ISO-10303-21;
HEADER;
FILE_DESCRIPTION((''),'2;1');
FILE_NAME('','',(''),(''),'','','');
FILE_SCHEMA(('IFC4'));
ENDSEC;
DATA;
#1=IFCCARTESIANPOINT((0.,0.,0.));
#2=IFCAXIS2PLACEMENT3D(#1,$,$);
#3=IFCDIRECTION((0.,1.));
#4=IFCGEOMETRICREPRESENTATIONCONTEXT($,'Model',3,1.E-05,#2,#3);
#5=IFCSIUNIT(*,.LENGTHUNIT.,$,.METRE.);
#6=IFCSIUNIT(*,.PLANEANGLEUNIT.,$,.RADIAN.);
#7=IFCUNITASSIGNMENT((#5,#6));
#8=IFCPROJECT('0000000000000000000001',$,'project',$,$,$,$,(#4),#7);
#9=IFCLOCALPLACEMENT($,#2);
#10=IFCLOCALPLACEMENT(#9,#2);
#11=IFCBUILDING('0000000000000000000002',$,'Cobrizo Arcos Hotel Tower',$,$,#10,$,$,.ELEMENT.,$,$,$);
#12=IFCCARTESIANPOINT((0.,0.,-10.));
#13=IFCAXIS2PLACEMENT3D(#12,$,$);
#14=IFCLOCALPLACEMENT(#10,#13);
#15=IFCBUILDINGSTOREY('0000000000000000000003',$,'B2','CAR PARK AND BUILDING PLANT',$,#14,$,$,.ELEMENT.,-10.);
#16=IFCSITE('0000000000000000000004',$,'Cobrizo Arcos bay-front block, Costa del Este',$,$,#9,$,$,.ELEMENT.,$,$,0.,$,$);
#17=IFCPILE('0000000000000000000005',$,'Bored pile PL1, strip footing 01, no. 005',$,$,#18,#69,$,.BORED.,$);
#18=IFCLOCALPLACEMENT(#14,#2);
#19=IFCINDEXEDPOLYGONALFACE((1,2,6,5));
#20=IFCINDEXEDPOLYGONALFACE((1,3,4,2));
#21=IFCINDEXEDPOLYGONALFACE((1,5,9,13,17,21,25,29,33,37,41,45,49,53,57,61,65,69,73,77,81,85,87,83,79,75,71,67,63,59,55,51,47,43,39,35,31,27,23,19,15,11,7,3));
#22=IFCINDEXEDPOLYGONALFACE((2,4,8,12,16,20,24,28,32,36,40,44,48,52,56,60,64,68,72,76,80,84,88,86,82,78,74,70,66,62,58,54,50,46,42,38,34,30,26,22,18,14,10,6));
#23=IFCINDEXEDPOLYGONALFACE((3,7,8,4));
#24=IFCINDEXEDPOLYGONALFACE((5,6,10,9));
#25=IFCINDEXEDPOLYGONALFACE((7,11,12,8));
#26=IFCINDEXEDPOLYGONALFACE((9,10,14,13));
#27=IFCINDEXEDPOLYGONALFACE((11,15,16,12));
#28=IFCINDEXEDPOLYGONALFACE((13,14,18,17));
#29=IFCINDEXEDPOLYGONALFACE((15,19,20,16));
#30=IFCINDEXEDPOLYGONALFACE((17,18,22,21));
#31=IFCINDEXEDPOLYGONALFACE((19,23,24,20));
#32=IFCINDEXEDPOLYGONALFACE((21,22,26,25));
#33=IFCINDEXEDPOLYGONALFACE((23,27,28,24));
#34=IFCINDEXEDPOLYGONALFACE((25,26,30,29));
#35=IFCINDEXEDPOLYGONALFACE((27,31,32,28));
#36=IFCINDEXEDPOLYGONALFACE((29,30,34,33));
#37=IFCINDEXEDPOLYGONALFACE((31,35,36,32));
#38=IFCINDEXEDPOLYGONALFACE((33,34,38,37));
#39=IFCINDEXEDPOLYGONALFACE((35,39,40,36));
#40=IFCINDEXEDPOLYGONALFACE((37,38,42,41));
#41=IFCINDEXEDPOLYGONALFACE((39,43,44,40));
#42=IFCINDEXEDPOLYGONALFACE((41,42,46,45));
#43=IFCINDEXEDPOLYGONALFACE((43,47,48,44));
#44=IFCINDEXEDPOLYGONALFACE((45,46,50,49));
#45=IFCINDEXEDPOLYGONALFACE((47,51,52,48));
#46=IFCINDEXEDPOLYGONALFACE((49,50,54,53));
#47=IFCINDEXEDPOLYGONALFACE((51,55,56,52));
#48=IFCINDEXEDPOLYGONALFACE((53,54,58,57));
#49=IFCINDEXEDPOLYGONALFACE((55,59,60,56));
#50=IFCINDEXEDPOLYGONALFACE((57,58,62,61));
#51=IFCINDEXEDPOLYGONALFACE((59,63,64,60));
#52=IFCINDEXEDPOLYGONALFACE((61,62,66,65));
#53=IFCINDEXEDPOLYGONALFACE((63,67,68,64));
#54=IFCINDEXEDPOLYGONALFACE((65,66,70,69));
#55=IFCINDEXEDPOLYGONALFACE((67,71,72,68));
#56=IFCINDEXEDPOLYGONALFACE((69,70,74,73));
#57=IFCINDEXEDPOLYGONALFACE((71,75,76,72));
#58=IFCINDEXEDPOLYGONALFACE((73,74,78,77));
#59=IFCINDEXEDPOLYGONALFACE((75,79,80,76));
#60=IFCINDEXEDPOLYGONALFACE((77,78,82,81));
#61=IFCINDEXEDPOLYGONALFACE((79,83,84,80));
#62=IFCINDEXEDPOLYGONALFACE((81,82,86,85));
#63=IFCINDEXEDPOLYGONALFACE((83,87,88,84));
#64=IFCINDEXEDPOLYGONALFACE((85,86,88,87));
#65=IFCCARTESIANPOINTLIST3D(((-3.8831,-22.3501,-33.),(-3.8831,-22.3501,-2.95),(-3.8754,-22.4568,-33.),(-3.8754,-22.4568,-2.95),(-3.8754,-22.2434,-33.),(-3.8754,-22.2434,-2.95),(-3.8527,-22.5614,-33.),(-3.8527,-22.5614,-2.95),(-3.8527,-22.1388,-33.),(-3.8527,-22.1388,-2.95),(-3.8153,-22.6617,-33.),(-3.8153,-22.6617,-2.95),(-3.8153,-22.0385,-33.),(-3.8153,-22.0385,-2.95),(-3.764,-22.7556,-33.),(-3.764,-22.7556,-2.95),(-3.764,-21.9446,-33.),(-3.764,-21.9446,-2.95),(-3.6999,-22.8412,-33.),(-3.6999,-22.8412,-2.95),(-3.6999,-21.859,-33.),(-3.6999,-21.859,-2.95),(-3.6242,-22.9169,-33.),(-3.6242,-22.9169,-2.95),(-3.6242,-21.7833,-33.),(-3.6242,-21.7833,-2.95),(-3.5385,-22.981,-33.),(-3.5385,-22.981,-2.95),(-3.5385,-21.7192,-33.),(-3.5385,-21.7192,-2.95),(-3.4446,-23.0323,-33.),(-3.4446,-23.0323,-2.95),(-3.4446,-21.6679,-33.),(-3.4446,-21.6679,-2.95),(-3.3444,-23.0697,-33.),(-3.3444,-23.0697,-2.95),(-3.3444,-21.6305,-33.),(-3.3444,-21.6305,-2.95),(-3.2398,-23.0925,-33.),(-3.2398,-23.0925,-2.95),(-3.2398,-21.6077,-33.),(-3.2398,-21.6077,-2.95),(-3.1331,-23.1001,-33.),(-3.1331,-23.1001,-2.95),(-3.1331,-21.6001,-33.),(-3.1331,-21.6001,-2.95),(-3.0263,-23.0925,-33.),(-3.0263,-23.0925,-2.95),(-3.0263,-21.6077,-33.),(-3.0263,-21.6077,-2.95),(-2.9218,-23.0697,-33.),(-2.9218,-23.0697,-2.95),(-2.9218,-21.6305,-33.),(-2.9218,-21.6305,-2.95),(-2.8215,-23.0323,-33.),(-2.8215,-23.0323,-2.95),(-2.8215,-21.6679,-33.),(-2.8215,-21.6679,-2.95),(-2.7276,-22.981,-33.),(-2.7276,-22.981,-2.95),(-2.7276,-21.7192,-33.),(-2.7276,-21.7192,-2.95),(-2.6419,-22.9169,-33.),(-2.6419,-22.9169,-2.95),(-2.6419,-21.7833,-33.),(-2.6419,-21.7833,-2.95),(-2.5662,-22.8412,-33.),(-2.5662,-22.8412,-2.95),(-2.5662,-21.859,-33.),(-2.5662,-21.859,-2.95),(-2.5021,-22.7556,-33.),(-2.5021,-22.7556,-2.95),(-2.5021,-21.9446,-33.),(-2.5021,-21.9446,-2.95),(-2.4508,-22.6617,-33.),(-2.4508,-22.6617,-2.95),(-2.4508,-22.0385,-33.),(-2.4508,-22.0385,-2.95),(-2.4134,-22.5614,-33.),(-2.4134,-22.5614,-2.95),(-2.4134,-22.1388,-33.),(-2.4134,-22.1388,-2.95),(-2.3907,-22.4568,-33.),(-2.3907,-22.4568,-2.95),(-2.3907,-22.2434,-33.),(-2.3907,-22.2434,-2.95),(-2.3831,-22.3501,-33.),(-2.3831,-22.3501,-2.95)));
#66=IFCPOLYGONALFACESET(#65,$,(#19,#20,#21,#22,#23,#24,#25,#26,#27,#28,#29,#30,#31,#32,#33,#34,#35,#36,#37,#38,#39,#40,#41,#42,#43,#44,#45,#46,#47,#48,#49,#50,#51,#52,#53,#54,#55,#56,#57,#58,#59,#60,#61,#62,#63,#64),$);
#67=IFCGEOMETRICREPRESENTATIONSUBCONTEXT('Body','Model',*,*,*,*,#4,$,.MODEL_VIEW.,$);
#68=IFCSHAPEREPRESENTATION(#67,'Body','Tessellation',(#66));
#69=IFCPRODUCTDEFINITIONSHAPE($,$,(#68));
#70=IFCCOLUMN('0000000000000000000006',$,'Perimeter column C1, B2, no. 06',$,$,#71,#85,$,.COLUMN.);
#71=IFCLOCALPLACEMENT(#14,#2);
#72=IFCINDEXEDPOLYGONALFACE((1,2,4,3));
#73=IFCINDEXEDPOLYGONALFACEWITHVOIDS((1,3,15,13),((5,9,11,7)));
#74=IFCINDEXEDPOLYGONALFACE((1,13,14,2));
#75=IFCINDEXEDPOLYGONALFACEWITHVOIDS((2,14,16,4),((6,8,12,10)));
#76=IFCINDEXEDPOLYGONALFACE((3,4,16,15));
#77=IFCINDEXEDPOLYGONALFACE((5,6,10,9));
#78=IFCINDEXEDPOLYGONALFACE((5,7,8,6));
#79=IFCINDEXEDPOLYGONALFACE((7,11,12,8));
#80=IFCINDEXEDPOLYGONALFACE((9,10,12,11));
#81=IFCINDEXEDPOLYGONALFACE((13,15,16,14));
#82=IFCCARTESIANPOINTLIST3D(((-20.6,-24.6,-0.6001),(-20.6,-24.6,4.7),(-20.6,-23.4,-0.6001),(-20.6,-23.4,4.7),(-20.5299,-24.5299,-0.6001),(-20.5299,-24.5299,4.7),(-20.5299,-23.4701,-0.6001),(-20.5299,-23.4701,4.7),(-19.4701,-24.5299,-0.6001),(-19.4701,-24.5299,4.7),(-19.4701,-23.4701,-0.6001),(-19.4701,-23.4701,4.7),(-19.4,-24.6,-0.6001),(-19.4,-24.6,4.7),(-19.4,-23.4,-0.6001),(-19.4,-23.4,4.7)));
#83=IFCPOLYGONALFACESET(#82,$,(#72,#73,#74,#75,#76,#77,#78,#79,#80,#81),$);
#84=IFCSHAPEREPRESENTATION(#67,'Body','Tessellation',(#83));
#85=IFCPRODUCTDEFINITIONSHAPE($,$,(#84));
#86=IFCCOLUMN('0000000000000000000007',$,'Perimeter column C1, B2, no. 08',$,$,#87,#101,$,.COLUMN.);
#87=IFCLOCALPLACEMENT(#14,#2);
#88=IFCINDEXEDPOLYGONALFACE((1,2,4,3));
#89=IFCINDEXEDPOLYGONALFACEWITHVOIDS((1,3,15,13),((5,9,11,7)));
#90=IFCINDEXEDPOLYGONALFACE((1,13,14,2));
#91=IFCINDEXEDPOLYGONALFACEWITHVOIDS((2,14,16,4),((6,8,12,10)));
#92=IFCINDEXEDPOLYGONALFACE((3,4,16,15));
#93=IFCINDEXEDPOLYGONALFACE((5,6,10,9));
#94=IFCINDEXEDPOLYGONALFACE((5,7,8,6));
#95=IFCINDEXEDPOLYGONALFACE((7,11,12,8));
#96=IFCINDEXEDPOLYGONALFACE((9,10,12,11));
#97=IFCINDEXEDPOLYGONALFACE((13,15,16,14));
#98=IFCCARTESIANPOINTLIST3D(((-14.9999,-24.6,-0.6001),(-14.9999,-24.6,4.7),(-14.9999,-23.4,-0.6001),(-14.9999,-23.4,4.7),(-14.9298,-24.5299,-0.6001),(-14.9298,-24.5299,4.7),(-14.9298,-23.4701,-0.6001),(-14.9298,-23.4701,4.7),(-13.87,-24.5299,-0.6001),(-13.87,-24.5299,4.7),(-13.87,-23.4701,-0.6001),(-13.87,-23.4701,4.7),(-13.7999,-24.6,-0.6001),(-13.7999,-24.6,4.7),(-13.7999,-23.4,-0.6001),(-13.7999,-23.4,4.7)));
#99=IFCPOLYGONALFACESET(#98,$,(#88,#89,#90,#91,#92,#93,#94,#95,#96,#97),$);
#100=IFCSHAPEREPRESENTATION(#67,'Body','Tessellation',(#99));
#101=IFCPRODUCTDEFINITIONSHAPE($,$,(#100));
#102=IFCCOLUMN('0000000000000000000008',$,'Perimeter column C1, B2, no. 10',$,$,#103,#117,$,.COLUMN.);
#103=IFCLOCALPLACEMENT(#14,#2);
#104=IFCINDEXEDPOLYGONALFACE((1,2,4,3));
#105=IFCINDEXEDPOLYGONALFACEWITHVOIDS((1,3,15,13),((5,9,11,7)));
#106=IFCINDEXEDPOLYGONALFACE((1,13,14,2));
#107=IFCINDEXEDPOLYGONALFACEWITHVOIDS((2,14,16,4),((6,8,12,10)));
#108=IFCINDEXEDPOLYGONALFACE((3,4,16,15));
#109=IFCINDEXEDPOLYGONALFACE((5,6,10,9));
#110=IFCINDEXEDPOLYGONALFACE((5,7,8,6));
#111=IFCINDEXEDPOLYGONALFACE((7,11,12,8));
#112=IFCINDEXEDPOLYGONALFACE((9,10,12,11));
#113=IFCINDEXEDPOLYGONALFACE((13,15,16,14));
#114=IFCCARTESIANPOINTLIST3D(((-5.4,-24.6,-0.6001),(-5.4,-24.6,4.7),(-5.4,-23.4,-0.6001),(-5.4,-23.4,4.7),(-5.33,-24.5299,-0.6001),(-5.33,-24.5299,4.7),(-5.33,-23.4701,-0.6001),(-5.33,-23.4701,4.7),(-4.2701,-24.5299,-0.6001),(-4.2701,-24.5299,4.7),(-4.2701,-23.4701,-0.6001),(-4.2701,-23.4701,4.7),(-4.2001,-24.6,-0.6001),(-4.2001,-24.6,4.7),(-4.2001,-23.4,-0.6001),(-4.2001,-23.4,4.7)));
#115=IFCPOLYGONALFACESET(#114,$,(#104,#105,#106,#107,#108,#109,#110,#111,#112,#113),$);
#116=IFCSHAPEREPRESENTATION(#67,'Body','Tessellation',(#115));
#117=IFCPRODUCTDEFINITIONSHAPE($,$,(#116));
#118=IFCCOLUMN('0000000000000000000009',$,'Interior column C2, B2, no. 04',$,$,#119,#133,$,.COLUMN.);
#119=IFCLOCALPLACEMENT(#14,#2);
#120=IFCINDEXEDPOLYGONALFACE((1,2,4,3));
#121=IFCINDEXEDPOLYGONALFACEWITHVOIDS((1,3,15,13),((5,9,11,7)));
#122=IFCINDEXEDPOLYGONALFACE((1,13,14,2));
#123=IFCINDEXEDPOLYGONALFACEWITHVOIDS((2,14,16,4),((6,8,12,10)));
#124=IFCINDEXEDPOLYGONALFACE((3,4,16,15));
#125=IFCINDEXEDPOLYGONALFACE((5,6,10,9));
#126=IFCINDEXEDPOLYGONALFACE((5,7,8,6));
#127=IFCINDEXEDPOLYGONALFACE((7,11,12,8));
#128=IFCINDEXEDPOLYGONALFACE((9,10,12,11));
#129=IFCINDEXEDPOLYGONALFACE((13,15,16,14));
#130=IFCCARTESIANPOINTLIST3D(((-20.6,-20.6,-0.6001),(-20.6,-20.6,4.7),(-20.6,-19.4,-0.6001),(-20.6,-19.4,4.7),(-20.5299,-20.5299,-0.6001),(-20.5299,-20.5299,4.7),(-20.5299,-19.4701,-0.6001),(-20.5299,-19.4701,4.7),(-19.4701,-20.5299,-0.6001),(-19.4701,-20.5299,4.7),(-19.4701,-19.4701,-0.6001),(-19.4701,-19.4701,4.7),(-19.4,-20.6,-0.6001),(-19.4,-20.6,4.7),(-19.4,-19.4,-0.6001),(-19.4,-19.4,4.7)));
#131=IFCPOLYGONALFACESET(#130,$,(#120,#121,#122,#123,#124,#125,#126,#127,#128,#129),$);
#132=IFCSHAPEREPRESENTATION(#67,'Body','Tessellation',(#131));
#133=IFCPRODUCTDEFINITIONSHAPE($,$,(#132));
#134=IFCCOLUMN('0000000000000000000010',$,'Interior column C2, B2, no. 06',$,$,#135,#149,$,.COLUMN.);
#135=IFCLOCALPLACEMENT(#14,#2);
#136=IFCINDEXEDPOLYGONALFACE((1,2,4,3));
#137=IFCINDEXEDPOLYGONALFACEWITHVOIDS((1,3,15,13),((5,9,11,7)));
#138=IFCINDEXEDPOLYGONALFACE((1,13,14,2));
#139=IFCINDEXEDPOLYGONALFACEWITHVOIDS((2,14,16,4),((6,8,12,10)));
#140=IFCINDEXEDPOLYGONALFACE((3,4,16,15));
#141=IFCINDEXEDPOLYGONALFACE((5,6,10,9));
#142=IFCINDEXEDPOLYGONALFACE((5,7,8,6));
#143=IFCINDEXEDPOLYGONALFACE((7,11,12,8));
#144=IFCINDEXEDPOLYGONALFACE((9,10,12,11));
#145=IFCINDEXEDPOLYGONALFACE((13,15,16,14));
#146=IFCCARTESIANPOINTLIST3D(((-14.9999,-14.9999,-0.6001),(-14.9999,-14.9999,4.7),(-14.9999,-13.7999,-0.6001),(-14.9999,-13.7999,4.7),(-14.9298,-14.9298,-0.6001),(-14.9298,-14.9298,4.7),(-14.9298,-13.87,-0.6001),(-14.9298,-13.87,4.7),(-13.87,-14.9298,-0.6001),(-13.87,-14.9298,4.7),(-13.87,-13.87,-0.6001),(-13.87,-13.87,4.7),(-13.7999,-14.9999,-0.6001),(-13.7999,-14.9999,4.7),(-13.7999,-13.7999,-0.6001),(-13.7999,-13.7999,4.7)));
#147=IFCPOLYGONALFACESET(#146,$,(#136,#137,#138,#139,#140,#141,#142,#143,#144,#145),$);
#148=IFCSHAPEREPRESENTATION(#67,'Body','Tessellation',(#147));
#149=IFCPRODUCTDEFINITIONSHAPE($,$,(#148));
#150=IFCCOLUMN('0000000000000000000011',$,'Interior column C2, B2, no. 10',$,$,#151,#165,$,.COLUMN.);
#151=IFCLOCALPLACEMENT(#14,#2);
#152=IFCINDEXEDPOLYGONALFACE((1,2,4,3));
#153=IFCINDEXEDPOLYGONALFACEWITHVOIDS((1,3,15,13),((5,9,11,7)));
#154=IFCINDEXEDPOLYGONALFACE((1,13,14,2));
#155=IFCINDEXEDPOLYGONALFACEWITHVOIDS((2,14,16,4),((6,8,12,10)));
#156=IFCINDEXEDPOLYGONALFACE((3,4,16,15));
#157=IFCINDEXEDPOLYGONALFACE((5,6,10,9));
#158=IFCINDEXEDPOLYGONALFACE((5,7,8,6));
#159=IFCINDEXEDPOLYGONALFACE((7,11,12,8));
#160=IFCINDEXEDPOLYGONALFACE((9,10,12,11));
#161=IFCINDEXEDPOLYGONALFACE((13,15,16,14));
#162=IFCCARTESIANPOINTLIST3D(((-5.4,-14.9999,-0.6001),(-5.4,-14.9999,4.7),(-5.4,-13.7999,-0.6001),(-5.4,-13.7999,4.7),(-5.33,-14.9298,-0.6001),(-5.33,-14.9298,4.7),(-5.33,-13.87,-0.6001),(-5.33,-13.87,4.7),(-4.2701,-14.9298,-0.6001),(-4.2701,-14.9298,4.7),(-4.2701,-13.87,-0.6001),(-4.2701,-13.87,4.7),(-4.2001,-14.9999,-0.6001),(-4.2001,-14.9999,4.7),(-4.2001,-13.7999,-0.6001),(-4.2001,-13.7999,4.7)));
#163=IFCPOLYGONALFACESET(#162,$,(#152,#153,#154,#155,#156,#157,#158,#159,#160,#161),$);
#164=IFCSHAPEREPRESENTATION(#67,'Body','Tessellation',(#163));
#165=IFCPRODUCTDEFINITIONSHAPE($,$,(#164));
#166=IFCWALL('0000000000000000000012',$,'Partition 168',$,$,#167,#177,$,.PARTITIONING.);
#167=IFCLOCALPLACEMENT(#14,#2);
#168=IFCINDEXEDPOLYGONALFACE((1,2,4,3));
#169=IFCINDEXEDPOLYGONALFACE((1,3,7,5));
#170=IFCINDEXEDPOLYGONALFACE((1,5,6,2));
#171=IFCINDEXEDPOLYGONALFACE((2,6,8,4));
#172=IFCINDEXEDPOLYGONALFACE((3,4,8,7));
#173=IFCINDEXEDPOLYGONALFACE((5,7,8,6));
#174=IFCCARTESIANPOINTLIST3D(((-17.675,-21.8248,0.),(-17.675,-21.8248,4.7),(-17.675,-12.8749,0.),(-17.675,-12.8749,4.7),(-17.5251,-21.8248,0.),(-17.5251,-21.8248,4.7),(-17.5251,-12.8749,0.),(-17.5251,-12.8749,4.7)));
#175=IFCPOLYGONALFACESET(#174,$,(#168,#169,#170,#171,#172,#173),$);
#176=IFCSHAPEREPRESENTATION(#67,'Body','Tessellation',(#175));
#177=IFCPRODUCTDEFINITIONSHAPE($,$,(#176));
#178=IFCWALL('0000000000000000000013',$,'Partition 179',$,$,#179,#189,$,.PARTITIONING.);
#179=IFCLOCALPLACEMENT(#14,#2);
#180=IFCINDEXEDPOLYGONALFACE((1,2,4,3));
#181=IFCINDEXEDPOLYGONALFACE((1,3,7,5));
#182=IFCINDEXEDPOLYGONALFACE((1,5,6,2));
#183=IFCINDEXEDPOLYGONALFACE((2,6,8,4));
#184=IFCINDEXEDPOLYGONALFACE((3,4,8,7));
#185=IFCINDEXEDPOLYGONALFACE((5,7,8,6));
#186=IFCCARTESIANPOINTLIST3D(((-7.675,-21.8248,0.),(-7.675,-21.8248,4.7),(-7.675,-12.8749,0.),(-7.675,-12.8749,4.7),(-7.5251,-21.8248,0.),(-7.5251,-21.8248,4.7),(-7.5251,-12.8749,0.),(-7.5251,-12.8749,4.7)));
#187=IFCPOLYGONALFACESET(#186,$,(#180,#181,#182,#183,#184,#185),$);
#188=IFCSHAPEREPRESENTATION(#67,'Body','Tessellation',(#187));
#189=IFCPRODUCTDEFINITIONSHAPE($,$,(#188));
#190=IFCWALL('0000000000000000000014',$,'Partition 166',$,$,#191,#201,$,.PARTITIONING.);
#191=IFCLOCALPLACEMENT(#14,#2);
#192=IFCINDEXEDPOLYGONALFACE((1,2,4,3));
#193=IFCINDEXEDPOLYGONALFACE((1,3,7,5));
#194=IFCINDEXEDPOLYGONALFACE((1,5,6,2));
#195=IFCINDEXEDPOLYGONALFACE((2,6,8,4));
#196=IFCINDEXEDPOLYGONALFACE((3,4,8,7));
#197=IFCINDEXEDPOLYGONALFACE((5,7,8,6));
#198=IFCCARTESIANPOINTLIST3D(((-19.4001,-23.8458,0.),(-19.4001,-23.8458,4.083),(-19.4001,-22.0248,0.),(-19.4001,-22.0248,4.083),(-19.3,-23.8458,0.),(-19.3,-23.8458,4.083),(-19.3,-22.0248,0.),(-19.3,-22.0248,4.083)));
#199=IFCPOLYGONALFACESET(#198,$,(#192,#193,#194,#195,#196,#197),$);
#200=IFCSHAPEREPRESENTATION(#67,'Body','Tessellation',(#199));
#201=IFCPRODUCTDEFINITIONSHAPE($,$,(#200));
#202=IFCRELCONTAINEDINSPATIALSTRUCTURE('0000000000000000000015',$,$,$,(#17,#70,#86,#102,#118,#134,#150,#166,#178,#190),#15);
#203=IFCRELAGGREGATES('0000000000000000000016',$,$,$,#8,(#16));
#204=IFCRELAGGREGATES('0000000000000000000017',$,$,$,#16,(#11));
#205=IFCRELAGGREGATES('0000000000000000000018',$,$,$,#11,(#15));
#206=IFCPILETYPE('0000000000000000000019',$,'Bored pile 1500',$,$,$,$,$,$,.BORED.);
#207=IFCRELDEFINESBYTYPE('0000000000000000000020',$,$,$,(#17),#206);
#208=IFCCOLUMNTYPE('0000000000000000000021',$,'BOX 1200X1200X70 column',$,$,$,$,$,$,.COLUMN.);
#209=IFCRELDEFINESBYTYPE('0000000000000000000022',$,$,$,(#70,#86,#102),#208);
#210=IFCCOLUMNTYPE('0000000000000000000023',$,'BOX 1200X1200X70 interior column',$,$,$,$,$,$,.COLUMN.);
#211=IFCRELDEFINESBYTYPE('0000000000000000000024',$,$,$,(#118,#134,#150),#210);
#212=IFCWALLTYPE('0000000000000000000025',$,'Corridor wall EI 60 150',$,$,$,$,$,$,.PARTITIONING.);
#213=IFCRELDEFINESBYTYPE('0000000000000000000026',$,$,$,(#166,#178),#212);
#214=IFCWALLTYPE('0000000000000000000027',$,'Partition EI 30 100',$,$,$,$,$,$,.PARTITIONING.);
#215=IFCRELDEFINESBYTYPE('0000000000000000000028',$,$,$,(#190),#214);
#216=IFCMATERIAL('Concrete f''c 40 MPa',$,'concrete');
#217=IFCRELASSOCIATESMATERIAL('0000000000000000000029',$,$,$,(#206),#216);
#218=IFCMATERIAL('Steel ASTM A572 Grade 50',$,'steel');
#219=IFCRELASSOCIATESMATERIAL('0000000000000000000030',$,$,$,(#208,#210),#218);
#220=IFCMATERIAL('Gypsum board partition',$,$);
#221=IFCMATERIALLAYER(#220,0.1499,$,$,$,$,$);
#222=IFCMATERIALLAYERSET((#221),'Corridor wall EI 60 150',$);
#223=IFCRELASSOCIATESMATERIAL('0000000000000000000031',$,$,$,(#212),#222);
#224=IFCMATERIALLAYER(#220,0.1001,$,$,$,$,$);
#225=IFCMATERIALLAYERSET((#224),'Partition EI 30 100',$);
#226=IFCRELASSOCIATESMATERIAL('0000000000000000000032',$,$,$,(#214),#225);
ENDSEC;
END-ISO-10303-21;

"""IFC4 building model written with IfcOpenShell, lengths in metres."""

from ifc_helpers import new_model, si_unit, direction, frame, frame_2d, origin, origin_2d, place, context, subcontext, project, spatial, rectangle, hollow_rectangle, circle, extrude, material, layer, layer_set, material_profile, profile_set, type_object, element, save


model = new_model("IFC4")

# Units and contexts
model_context = context("Model", 3, precision=1e-05, world=origin(), true_north=direction((0.0, 1.0)))
body_context = subcontext(model_context, "Body", "Model", "MODEL_VIEW")
ifc_project = project(units=[si_unit("LENGTHUNIT", "METRE"), si_unit("PLANEANGLEUNIT", "RADIAN")], contexts=[model_context])

# Site, building, storey
site_placement = place(None, origin())
site = spatial("IfcSite", under=ifc_project, at=site_placement, Name="Cobrizo Arcos bay-front block, Costa del Este", CompositionType="ELEMENT", RefElevation=0.0)
building_placement = place(site_placement, origin())
building = spatial("IfcBuilding", under=site, at=building_placement, Name="Cobrizo Arcos Hotel Tower", CompositionType="ELEMENT")
storey_placement = place(building_placement, frame((0.0, 0.0, -10.0)))
storey = spatial("IfcBuildingStorey", under=building, at=storey_placement, Name="B2", Description="CAR PARK AND BUILDING PLANT", CompositionType="ELEMENT", Elevation=-10.0)

# Pile
ifc_material_1 = material(Name="Concrete f'c 40 MPa", Category="concrete")
ifc_material_profile_1 = material_profile(ifc_material_1, circle(Radius=0.75, at=origin_2d()), Name="BORED PILE 1500")
ifc_profile_set_1 = profile_set([ifc_material_profile_1], Name="Concrete f'c 40 MPa")
pile_type = type_object("IfcPileType", Name="Bored pile 1500", PredefinedType="BORED", material=ifc_profile_set_1)
for number, where, z_axis, x_axis, name in (
    (1, (-3.1331, -22.3501, -2.95), (0.0, 0.0, -1.0), (1.0, 0.0, 0.0), "Bored pile PL1, strip footing 01, no. 005"),
):
    element("IfcPile", number, at=place(storey_placement, frame(where, z_axis=z_axis, x_axis=x_axis)), inside=storey, type_object=pile_type, Name=name, PredefinedType="BORED", context=body_context, shape_type="SweptSolid", body=[
        extrude(circle(Radius=0.75, at=origin_2d()), origin(), (0.0, 0.0, 1.0), 30.05),
    ])

# Columns
ifc_material_2 = material(Name="Steel ASTM A572 Grade 50", Category="steel")
ifc_material_profile_2 = material_profile(ifc_material_2, hollow_rectangle(XDim=1.2, YDim=1.2, WallThickness=0.0701, at=origin_2d()), Name="BOX 1200X1200X70")
ifc_profile_set_2 = profile_set([ifc_material_profile_2], Name="Steel ASTM A572 Grade 50")
column_type_1 = type_object("IfcColumnType", Name="BOX 1200X1200X70 column", PredefinedType="COLUMN", material=ifc_profile_set_2)
for number, where, z_axis, x_axis, name in (
    (2, (-20.0, -24.0, -0.6001), (0.0, 0.0, 1.0), (1.0, 0.0, 0.0), "Perimeter column C1, B2, no. 06"),
    (3, (-14.3999, -24.0, -0.6001), (0.0, 0.0, 1.0), (1.0, 0.0, 0.0), "Perimeter column C1, B2, no. 08"),
    (4, (-4.8, -24.0, -0.6001), (0.0, 0.0, 1.0), (1.0, 0.0, 0.0), "Perimeter column C1, B2, no. 10"),
):
    element("IfcColumn", number, at=place(storey_placement, frame(where, z_axis=z_axis, x_axis=x_axis)), inside=storey, type_object=column_type_1, Name=name, PredefinedType="COLUMN", context=body_context, shape_type="SweptSolid", body=[
        extrude(hollow_rectangle(XDim=1.2, YDim=1.2, WallThickness=0.0701, at=origin_2d()), origin(), (0.0, 0.0, 1.0), 5.3),
    ])
ifc_material_profile_3 = material_profile(ifc_material_2, hollow_rectangle(XDim=1.2, YDim=1.2, WallThickness=0.0701, at=origin_2d()), Name="BOX 1200X1200X70")
ifc_profile_set_3 = profile_set([ifc_material_profile_3], Name="Steel ASTM A572 Grade 50")
column_type_2 = type_object("IfcColumnType", Name="BOX 1200X1200X70 interior column", PredefinedType="COLUMN", material=ifc_profile_set_3)
for number, where, z_axis, x_axis, name in (
    (5, (-20.0, -20.0, -0.6001), (0.0, 0.0, 1.0), (1.0, 0.0, 0.0), "Interior column C2, B2, no. 04"),
    (6, (-14.3999, -14.3999, -0.6001), (0.0, 0.0, 1.0), (1.0, 0.0, 0.0), "Interior column C2, B2, no. 06"),
    (7, (-4.8, -14.3999, -0.6001), (0.0, 0.0, 1.0), (1.0, 0.0, 0.0), "Interior column C2, B2, no. 10"),
):
    element("IfcColumn", number, at=place(storey_placement, frame(where, z_axis=z_axis, x_axis=x_axis)), inside=storey, type_object=column_type_2, Name=name, PredefinedType="COLUMN", context=body_context, shape_type="SweptSolid", body=[
        extrude(hollow_rectangle(XDim=1.2, YDim=1.2, WallThickness=0.0701, at=origin_2d()), origin(), (0.0, 0.0, 1.0), 5.3),
    ])

# Walls
ifc_material_3 = material(Name="Gypsum board partition")
ifc_layer_1 = layer(ifc_material_3, 0.1499)
ifc_layer_set_1 = layer_set([ifc_layer_1], Name="Corridor wall EI 60 150")
wall_type_1 = type_object("IfcWallType", Name="Corridor wall EI 60 150", PredefinedType="PARTITIONING", material=ifc_layer_set_1)
for number, where, z_axis, x_axis, name in (
    (8, (-17.6001, -21.825, 0.0), (0.0, 0.0, 1.0), (0.0, 1.0, 0.0), "Partition 168"),
    (9, (-7.6001, -21.825, 0.0), (0.0, 0.0, 1.0), (0.0, 1.0, 0.0), "Partition 179"),
):
    element("IfcWall", number, at=place(storey_placement, frame(where, z_axis=z_axis, x_axis=x_axis)), inside=storey, type_object=wall_type_1, Name=name, PredefinedType="PARTITIONING", context=body_context, shape_type="SweptSolid", body=[
        extrude(rectangle(XDim=8.95, YDim=0.1499, at=frame_2d((4.4751, 0.0))), origin(), (0.0, 0.0, 1.0), 4.7),
    ])
ifc_layer_2 = layer(ifc_material_3, 0.1001)
ifc_layer_set_2 = layer_set([ifc_layer_2], Name="Partition EI 30 100")
wall_type_2 = type_object("IfcWallType", Name="Partition EI 30 100", PredefinedType="PARTITIONING", material=ifc_layer_set_2)
wall_placement = place(storey_placement, frame((-19.3501, -23.8459, 0.0), z_axis=(0.0, 0.0, 1.0), x_axis=(0.0, 1.0, 0.0)))
element("IfcWall", 10, at=wall_placement, inside=storey, type_object=wall_type_2, Name="Partition 166", PredefinedType="PARTITIONING", context=body_context, shape_type="SweptSolid", body=[
    extrude(rectangle(XDim=1.821, YDim=0.1001, at=frame_2d((0.9106, 0.0))), origin(), (0.0, 0.0, 1.0), 4.083),
])

save(model, "model.ifc")
